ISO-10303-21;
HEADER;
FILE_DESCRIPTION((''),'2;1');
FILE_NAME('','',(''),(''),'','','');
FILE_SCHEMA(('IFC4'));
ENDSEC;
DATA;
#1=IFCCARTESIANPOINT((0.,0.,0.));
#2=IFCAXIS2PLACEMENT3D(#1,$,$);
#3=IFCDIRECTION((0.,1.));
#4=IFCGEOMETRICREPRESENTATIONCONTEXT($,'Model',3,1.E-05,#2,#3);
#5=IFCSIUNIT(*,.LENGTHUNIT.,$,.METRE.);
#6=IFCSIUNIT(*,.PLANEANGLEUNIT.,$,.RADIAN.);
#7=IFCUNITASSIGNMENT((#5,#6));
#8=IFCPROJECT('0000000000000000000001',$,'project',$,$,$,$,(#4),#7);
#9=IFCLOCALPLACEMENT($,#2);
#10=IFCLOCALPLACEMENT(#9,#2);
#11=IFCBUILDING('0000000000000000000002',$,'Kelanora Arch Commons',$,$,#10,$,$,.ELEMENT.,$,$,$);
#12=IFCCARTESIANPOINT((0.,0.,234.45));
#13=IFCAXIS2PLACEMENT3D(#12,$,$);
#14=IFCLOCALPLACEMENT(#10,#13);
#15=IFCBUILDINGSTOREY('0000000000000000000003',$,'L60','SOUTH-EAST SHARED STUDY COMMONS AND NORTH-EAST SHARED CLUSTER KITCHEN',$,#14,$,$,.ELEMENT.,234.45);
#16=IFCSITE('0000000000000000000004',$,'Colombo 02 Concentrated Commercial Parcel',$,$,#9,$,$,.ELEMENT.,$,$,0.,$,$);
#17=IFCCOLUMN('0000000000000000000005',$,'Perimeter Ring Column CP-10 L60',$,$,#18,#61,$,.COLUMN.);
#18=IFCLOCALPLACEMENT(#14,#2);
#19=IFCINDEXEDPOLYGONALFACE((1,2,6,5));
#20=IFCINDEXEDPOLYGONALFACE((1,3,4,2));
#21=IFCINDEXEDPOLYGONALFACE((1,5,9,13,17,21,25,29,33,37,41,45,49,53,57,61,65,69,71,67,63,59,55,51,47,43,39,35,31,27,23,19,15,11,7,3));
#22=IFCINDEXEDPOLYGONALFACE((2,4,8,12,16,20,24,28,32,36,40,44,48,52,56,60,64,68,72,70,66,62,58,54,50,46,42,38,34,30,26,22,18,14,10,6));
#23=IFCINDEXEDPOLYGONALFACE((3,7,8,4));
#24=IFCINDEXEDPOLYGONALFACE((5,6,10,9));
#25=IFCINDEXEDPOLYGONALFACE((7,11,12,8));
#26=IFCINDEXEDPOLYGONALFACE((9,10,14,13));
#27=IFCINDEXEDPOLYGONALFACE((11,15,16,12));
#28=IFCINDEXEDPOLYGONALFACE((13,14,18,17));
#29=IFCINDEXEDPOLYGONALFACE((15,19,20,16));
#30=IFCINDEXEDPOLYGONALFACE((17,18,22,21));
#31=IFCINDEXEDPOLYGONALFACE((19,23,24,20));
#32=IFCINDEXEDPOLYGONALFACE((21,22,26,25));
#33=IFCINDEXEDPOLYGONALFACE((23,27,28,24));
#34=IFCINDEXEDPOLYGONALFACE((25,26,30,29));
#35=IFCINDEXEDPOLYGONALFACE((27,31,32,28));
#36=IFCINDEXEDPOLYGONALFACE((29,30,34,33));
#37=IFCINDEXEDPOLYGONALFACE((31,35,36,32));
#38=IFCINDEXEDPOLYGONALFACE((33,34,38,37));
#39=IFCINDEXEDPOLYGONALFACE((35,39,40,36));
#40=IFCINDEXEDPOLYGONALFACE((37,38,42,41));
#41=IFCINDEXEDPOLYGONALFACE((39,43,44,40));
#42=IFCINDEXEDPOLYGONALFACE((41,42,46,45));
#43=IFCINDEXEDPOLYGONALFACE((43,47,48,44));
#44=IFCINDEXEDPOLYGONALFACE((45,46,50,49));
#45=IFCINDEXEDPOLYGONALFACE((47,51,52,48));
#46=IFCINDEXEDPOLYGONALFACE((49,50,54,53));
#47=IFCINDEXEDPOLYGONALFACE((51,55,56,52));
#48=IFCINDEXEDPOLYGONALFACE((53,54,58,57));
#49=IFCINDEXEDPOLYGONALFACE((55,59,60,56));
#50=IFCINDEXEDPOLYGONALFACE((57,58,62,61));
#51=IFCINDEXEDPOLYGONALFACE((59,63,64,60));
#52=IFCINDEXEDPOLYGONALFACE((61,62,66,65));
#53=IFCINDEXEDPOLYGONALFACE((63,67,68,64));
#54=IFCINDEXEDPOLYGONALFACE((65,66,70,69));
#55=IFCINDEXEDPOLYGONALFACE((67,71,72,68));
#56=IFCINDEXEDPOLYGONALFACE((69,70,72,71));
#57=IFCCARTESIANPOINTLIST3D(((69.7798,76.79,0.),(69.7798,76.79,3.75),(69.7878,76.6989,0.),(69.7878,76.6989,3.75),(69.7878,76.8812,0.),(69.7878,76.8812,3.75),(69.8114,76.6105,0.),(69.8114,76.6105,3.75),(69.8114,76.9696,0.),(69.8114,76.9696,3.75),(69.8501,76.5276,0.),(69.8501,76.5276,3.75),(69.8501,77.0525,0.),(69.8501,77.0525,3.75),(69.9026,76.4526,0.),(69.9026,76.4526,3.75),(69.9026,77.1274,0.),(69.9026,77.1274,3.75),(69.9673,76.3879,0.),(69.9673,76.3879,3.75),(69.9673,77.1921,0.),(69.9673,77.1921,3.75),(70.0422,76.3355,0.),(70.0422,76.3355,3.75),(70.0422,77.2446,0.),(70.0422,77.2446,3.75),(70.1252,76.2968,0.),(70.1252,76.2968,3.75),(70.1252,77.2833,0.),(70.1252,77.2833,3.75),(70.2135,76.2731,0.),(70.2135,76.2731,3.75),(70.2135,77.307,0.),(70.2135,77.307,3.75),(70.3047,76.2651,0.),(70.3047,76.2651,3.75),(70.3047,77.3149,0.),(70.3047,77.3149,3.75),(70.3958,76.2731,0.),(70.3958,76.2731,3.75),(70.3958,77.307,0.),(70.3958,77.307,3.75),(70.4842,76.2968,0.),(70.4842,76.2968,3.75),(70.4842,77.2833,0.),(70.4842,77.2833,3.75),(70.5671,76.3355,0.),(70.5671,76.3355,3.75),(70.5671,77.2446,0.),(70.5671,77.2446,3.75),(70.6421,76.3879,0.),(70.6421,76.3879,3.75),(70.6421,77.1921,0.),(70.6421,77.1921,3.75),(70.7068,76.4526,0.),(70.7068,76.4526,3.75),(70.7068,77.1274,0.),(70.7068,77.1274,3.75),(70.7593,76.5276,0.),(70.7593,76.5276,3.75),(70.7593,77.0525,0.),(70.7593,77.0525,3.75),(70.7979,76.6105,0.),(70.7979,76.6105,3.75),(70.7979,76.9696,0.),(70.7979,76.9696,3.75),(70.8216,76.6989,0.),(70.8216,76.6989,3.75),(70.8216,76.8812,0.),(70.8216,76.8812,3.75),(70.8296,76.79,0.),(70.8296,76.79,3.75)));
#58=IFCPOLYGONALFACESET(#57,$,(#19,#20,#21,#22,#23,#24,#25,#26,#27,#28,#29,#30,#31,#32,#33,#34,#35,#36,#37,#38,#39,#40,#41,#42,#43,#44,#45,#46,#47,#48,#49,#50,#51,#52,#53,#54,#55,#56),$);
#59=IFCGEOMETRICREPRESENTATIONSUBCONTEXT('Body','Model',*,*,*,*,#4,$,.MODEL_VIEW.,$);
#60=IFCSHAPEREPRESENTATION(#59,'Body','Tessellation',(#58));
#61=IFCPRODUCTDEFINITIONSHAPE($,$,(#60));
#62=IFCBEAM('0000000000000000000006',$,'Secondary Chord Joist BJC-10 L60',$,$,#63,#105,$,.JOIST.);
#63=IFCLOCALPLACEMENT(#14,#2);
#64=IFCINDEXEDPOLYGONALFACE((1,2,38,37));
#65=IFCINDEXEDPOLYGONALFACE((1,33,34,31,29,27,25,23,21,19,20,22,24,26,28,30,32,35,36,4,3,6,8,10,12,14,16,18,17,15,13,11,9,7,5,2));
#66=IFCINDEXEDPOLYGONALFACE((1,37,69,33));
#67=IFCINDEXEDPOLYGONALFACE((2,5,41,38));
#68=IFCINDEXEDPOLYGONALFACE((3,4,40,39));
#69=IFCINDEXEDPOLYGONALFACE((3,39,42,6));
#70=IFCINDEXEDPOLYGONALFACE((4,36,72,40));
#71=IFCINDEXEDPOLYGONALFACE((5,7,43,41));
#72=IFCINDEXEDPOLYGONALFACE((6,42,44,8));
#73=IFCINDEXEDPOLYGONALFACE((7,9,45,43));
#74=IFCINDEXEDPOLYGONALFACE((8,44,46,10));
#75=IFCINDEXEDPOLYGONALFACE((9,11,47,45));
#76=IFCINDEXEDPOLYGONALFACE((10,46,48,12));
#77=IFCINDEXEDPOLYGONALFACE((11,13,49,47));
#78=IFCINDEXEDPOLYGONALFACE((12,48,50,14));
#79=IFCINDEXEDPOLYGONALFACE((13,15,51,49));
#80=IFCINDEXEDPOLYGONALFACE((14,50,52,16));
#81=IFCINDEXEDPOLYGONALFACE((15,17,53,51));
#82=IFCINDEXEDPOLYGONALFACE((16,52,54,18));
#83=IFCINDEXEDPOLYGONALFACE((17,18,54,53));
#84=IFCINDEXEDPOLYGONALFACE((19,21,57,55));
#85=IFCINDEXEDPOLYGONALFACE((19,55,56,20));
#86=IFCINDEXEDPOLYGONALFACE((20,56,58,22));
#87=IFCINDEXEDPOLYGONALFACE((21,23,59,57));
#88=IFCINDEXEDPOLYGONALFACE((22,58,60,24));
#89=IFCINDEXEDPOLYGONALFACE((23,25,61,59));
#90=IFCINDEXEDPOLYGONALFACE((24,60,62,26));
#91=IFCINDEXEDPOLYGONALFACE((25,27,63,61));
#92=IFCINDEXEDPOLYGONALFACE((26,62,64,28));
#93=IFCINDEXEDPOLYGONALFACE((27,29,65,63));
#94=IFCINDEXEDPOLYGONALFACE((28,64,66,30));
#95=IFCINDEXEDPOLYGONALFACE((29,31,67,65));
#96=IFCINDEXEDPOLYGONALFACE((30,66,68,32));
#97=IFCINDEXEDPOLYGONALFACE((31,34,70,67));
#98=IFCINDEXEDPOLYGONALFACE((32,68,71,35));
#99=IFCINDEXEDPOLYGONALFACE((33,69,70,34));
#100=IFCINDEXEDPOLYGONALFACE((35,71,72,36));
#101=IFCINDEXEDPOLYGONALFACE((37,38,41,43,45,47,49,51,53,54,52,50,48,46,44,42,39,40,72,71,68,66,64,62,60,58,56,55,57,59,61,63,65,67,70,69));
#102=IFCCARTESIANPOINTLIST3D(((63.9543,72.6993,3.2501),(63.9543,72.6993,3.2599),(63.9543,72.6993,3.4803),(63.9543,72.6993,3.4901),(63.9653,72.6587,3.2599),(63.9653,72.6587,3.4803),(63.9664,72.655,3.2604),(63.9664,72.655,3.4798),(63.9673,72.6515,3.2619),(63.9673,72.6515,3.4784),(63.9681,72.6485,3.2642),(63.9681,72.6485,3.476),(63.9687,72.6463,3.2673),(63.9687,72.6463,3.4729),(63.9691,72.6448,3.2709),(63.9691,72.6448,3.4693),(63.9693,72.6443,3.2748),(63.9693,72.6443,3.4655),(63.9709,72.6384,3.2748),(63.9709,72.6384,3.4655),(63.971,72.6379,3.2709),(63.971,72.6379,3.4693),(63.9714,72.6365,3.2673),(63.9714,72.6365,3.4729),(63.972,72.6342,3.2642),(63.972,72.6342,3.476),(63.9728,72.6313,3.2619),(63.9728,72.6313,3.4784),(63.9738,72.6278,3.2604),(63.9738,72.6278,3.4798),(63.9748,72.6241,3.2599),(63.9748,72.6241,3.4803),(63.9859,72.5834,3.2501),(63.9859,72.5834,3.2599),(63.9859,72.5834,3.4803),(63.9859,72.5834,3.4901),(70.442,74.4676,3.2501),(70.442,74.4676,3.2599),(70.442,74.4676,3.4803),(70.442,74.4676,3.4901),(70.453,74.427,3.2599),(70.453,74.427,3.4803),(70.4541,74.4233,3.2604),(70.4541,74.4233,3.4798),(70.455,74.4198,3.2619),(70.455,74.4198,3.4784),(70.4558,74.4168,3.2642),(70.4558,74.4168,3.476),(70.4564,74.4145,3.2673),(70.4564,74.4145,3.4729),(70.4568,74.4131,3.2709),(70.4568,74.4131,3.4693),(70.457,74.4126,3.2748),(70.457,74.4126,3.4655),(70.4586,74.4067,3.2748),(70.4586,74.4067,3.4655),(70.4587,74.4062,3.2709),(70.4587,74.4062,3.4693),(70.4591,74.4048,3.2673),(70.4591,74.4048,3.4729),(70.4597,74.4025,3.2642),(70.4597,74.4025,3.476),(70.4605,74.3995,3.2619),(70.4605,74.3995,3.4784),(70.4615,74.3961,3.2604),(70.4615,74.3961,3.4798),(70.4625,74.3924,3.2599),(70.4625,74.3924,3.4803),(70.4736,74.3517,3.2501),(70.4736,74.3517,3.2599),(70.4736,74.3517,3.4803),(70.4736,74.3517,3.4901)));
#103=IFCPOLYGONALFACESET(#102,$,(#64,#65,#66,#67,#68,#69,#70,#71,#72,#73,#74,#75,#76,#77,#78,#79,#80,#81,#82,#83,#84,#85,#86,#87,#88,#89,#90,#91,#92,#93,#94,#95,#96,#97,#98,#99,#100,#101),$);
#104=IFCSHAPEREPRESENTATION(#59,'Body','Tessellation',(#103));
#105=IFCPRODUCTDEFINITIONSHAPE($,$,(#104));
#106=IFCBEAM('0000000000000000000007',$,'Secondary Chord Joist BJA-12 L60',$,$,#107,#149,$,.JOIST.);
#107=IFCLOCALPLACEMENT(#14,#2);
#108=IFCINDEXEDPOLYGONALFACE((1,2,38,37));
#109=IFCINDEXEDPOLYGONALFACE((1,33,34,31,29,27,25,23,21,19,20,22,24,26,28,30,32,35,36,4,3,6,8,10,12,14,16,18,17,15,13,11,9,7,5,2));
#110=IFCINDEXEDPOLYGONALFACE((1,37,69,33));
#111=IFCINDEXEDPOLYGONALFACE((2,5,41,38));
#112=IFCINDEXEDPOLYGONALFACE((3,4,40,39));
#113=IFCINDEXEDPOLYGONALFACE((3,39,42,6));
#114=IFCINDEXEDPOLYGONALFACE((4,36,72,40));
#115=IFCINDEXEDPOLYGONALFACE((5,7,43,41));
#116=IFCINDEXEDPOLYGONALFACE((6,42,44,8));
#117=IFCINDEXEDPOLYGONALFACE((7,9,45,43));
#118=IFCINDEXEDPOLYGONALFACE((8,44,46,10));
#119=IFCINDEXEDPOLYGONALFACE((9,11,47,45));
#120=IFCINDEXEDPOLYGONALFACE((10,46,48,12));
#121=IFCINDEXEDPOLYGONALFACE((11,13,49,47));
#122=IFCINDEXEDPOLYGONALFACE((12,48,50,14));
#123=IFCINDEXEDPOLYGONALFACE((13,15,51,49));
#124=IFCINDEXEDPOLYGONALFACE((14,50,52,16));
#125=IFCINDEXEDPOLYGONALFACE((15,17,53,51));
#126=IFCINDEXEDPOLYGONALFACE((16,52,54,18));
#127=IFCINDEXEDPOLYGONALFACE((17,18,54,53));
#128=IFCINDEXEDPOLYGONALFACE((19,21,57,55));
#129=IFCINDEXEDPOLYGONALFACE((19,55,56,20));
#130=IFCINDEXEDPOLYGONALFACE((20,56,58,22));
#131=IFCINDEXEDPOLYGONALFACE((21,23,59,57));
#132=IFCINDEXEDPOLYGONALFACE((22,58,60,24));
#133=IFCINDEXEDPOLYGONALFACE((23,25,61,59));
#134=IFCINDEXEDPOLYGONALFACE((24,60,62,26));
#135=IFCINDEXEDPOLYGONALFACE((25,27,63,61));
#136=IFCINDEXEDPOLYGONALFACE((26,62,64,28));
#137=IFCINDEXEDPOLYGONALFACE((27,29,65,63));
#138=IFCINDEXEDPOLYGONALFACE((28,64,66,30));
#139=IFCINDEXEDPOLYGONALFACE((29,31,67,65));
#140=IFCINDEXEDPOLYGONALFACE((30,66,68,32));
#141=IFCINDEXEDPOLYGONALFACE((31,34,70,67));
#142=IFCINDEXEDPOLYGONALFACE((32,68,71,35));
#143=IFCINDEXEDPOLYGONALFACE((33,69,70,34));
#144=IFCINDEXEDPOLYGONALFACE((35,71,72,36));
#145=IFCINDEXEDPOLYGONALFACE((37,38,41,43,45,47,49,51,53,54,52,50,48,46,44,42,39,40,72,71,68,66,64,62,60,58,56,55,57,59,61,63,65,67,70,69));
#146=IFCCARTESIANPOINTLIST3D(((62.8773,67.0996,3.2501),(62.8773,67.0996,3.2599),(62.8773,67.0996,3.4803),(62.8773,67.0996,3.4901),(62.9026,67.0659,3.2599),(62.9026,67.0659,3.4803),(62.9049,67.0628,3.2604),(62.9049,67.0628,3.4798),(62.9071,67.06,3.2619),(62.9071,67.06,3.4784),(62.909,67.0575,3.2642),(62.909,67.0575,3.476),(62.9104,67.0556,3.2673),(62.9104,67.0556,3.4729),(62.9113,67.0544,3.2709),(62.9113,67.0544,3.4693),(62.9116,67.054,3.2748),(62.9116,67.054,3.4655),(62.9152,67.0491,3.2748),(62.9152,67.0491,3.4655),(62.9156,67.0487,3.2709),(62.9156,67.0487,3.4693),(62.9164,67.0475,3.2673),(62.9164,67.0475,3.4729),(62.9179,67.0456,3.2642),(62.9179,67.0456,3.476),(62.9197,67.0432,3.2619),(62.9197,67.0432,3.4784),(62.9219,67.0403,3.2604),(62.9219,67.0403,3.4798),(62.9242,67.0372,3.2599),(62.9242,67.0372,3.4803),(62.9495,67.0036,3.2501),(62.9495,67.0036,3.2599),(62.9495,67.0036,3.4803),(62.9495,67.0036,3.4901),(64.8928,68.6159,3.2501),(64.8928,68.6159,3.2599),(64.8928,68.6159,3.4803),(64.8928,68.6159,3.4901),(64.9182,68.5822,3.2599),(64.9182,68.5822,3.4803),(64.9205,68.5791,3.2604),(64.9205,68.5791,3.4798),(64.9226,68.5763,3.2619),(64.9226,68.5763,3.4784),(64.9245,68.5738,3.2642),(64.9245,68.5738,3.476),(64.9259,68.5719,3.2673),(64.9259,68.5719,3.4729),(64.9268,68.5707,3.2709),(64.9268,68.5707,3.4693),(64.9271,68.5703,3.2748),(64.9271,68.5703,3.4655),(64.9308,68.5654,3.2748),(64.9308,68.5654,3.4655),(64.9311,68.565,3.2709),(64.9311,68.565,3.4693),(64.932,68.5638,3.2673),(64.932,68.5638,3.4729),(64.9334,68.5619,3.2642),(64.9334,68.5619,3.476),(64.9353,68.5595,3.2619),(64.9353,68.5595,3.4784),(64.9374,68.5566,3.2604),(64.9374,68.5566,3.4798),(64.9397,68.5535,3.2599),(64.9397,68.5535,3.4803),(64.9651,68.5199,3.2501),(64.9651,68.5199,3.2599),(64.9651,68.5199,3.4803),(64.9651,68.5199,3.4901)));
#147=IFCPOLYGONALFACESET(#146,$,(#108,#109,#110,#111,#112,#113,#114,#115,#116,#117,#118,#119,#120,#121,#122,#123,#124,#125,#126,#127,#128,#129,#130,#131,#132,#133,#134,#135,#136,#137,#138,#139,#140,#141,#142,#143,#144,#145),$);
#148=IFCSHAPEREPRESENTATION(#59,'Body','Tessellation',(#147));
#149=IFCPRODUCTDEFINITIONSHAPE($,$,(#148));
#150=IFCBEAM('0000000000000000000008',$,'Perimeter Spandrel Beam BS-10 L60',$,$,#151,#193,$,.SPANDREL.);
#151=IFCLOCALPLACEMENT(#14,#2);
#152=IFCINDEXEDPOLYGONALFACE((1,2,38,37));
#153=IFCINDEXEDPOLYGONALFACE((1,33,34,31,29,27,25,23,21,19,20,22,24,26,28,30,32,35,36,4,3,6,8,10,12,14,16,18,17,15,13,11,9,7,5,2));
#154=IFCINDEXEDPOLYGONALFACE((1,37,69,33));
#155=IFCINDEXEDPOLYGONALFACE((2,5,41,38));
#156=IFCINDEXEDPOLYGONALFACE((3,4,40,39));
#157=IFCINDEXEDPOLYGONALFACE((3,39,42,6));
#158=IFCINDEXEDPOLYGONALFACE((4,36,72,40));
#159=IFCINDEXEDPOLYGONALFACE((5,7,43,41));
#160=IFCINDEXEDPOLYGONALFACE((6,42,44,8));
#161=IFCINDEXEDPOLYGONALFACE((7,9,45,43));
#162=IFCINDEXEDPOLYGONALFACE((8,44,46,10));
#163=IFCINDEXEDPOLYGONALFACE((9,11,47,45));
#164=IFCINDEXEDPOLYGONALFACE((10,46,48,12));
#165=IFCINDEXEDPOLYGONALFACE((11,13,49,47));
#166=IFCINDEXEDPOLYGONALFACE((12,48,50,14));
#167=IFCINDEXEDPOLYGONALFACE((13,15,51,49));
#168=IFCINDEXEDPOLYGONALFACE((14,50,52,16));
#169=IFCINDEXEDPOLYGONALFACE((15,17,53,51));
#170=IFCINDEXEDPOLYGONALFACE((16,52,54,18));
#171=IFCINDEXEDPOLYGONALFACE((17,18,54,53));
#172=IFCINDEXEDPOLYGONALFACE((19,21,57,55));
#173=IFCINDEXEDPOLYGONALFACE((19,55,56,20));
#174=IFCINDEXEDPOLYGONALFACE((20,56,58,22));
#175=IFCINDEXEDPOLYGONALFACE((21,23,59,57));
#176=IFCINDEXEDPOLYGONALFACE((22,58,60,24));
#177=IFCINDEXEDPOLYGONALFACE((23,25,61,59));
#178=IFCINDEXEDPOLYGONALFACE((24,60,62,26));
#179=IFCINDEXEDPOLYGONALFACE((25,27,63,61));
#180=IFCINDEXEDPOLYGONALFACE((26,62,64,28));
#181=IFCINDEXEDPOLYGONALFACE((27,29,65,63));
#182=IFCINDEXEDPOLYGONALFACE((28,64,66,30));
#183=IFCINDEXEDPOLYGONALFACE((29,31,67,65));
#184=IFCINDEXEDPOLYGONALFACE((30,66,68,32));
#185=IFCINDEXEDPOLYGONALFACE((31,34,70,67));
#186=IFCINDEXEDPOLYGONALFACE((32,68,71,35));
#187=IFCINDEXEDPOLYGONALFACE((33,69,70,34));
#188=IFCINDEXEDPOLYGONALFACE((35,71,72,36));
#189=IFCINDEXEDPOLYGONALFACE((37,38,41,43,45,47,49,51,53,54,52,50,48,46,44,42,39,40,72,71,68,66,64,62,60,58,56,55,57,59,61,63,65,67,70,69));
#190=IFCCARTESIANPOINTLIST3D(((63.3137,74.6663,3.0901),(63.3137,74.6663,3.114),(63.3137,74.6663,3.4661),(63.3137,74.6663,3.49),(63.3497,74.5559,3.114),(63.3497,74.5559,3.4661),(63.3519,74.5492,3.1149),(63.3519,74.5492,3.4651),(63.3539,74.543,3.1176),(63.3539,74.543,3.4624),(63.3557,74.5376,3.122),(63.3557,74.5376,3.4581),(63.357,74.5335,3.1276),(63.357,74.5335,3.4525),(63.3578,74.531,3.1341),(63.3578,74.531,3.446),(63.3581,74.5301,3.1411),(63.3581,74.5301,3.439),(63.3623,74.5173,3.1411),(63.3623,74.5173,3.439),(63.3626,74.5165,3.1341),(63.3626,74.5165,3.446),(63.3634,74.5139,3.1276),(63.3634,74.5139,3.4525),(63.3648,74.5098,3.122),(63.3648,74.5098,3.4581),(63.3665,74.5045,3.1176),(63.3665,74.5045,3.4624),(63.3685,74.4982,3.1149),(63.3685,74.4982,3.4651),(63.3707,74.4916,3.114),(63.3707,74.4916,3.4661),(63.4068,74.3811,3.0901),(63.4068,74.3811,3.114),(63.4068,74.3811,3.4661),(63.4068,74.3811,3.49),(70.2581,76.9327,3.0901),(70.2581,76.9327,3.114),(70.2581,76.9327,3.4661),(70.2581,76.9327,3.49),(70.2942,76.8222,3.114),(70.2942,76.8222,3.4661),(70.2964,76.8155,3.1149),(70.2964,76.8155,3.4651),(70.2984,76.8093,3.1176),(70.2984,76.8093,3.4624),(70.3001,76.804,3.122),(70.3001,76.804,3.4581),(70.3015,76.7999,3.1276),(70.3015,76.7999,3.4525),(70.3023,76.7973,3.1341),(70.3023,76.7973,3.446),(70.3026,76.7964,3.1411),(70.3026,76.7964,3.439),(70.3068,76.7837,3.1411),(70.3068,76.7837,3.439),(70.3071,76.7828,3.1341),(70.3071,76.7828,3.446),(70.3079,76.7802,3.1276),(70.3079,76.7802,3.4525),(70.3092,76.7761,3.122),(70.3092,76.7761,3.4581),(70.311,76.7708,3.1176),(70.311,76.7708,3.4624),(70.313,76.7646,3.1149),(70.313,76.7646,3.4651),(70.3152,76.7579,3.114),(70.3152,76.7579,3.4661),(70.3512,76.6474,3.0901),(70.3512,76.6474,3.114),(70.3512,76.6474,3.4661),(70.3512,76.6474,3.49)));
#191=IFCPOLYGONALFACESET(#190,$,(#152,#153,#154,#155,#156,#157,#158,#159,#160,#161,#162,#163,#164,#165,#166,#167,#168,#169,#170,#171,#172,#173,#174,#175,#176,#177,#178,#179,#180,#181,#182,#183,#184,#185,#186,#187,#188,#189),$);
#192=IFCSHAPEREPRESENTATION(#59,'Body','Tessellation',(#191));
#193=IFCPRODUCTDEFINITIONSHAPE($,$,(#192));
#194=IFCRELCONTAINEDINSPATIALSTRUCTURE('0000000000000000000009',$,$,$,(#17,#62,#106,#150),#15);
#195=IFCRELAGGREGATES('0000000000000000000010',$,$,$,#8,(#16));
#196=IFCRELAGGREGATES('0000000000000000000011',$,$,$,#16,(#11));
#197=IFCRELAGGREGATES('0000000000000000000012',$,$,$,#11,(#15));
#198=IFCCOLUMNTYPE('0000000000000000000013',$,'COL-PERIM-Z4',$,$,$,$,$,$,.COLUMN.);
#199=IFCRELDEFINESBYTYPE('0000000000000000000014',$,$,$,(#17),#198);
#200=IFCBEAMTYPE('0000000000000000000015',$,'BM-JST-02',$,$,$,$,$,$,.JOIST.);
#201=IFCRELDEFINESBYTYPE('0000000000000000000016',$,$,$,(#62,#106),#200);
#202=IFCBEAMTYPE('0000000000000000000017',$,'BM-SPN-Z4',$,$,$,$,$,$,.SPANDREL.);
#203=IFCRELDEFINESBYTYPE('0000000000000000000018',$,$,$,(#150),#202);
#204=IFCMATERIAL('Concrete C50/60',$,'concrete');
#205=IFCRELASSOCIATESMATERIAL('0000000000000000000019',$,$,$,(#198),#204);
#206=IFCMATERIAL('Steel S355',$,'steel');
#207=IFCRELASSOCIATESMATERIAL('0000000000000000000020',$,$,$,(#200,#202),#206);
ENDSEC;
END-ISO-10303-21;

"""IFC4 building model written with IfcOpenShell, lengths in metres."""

from ifc_helpers import new_model, si_unit, direction, frame, origin, origin_2d, place, context, subcontext, project, spatial, circle, i_section, extrude, material, material_profile, profile_set, type_object, element, save


model = new_model("IFC4")

# Units and contexts
model_context = context("Model", 3, precision=1e-05, world=origin(), true_north=direction((0.0, 1.0)))
body_context = subcontext(model_context, "Body", "Model", "MODEL_VIEW")
ifc_project = project(units=[si_unit("LENGTHUNIT", "METRE"), si_unit("PLANEANGLEUNIT", "RADIAN")], contexts=[model_context])

# Site, building, storey
site_placement = place(None, origin())
site = spatial("IfcSite", under=ifc_project, at=site_placement, Name="Colombo 02 Concentrated Commercial Parcel", CompositionType="ELEMENT", RefElevation=0.0)
building_placement = place(site_placement, origin())
building = spatial("IfcBuilding", under=site, at=building_placement, Name="Kelanora Arch Commons", CompositionType="ELEMENT")
storey_placement = place(building_placement, frame((0.0, 0.0, 234.45)))
storey = spatial("IfcBuildingStorey", under=building, at=storey_placement, Name="L60", Description="SOUTH-EAST SHARED STUDY COMMONS AND NORTH-EAST SHARED CLUSTER KITCHEN", CompositionType="ELEMENT", Elevation=234.45)

# Column
ifc_material_1 = material(Name="Concrete C50/60", Category="concrete")
ifc_material_profile_1 = material_profile(ifc_material_1, circle(Radius=0.5249, at=origin_2d()), Name="RCC1050")
ifc_profile_set_1 = profile_set([ifc_material_profile_1], Name="Concrete C50/60")
column_type = type_object("IfcColumnType", Name="COL-PERIM-Z4", PredefinedType="COLUMN", material=ifc_profile_set_1)
column_placement = place(storey_placement, frame((70.3047, 76.79, 0.0), z_axis=(0.0, 0.0, 1.0), x_axis=(1.0, 0.0, 0.0)))
element("IfcColumn", 1, at=column_placement, inside=storey, type_object=column_type, Name="Perimeter Ring Column CP-10 L60", PredefinedType="COLUMN", context=body_context, shape_type="SweptSolid", body=[
    extrude(circle(Radius=0.5249, at=origin_2d()), origin(), (0.0, 0.0, 1.0), 3.75),
])

# Beams
ifc_material_2 = material(Name="Steel S355", Category="steel")
ifc_material_profile_2 = material_profile(ifc_material_2, i_section(OverallWidth=0.1201, OverallDepth=0.24, WebThickness=0.0061, FlangeThickness=0.0098, FilletRadius=0.0149, at=origin_2d()), Name="IPE240")
ifc_profile_set_2 = profile_set([ifc_material_profile_2], Name="Steel S355")
beam_type_1 = type_object("IfcBeamType", Name="BM-JST-02", PredefinedType="JOIST", material=ifc_profile_set_2)
beam_1_placement = place(storey_placement, frame((70.4578, 74.4097, 3.3701), z_axis=(-0.964805, -0.262967, 0.0), x_axis=(0.262967, -0.964805, 0.0)))
element("IfcBeam", 2, at=beam_1_placement, inside=storey, type_object=beam_type_1, Name="Secondary Chord Joist BJC-10 L60", PredefinedType="JOIST", context=body_context, shape_type="SweptSolid", body=[
    extrude(i_section(OverallWidth=0.1201, OverallDepth=0.24, WebThickness=0.0061, FlangeThickness=0.0098, FilletRadius=0.0149, at=origin_2d()), origin(), (0.0, 0.0, 1.0), 6.7244),
])
beam_2_placement = place(storey_placement, frame((64.929, 68.5679, 3.3701), z_axis=(-0.799116, -0.601176, 0.0), x_axis=(0.601176, -0.799116, 0.0)))
element("IfcBeam", 3, at=beam_2_placement, inside=storey, type_object=beam_type_1, Name="Secondary Chord Joist BJA-12 L60", PredefinedType="JOIST", context=body_context, shape_type="SweptSolid", body=[
    extrude(i_section(OverallWidth=0.1201, OverallDepth=0.24, WebThickness=0.0061, FlangeThickness=0.0098, FilletRadius=0.0149, at=origin_2d()), origin(), (0.0, 0.0, 1.0), 2.5222),
])
ifc_material_profile_3 = material_profile(ifc_material_2, i_section(OverallWidth=0.3, OverallDepth=0.3999, WebThickness=0.0134, FlangeThickness=0.0239, FilletRadius=0.0271, at=origin_2d()), Name="HEB400")
ifc_profile_set_3 = profile_set([ifc_material_profile_3], Name="Steel S355")
beam_type_2 = type_object("IfcBeamType", Name="BM-SPN-Z4", PredefinedType="SPANDREL", material=ifc_profile_set_3)
beam_3_placement = place(storey_placement, frame((70.3047, 76.79, 3.29), z_axis=(-0.950656, -0.310246, 0.0), x_axis=(0.310246, -0.950656, 0.0)))
element("IfcBeam", 4, at=beam_3_placement, inside=storey, type_object=beam_type_2, Name="Perimeter Spandrel Beam BS-10 L60", PredefinedType="SPANDREL", context=body_context, shape_type="SweptSolid", body=[
    extrude(i_section(OverallWidth=0.3, OverallDepth=0.3999, WebThickness=0.0134, FlangeThickness=0.0239, FilletRadius=0.0271, at=origin_2d()), origin(), (0.0, 0.0, 1.0), 7.3049),
])

save(model, "model.ifc")
